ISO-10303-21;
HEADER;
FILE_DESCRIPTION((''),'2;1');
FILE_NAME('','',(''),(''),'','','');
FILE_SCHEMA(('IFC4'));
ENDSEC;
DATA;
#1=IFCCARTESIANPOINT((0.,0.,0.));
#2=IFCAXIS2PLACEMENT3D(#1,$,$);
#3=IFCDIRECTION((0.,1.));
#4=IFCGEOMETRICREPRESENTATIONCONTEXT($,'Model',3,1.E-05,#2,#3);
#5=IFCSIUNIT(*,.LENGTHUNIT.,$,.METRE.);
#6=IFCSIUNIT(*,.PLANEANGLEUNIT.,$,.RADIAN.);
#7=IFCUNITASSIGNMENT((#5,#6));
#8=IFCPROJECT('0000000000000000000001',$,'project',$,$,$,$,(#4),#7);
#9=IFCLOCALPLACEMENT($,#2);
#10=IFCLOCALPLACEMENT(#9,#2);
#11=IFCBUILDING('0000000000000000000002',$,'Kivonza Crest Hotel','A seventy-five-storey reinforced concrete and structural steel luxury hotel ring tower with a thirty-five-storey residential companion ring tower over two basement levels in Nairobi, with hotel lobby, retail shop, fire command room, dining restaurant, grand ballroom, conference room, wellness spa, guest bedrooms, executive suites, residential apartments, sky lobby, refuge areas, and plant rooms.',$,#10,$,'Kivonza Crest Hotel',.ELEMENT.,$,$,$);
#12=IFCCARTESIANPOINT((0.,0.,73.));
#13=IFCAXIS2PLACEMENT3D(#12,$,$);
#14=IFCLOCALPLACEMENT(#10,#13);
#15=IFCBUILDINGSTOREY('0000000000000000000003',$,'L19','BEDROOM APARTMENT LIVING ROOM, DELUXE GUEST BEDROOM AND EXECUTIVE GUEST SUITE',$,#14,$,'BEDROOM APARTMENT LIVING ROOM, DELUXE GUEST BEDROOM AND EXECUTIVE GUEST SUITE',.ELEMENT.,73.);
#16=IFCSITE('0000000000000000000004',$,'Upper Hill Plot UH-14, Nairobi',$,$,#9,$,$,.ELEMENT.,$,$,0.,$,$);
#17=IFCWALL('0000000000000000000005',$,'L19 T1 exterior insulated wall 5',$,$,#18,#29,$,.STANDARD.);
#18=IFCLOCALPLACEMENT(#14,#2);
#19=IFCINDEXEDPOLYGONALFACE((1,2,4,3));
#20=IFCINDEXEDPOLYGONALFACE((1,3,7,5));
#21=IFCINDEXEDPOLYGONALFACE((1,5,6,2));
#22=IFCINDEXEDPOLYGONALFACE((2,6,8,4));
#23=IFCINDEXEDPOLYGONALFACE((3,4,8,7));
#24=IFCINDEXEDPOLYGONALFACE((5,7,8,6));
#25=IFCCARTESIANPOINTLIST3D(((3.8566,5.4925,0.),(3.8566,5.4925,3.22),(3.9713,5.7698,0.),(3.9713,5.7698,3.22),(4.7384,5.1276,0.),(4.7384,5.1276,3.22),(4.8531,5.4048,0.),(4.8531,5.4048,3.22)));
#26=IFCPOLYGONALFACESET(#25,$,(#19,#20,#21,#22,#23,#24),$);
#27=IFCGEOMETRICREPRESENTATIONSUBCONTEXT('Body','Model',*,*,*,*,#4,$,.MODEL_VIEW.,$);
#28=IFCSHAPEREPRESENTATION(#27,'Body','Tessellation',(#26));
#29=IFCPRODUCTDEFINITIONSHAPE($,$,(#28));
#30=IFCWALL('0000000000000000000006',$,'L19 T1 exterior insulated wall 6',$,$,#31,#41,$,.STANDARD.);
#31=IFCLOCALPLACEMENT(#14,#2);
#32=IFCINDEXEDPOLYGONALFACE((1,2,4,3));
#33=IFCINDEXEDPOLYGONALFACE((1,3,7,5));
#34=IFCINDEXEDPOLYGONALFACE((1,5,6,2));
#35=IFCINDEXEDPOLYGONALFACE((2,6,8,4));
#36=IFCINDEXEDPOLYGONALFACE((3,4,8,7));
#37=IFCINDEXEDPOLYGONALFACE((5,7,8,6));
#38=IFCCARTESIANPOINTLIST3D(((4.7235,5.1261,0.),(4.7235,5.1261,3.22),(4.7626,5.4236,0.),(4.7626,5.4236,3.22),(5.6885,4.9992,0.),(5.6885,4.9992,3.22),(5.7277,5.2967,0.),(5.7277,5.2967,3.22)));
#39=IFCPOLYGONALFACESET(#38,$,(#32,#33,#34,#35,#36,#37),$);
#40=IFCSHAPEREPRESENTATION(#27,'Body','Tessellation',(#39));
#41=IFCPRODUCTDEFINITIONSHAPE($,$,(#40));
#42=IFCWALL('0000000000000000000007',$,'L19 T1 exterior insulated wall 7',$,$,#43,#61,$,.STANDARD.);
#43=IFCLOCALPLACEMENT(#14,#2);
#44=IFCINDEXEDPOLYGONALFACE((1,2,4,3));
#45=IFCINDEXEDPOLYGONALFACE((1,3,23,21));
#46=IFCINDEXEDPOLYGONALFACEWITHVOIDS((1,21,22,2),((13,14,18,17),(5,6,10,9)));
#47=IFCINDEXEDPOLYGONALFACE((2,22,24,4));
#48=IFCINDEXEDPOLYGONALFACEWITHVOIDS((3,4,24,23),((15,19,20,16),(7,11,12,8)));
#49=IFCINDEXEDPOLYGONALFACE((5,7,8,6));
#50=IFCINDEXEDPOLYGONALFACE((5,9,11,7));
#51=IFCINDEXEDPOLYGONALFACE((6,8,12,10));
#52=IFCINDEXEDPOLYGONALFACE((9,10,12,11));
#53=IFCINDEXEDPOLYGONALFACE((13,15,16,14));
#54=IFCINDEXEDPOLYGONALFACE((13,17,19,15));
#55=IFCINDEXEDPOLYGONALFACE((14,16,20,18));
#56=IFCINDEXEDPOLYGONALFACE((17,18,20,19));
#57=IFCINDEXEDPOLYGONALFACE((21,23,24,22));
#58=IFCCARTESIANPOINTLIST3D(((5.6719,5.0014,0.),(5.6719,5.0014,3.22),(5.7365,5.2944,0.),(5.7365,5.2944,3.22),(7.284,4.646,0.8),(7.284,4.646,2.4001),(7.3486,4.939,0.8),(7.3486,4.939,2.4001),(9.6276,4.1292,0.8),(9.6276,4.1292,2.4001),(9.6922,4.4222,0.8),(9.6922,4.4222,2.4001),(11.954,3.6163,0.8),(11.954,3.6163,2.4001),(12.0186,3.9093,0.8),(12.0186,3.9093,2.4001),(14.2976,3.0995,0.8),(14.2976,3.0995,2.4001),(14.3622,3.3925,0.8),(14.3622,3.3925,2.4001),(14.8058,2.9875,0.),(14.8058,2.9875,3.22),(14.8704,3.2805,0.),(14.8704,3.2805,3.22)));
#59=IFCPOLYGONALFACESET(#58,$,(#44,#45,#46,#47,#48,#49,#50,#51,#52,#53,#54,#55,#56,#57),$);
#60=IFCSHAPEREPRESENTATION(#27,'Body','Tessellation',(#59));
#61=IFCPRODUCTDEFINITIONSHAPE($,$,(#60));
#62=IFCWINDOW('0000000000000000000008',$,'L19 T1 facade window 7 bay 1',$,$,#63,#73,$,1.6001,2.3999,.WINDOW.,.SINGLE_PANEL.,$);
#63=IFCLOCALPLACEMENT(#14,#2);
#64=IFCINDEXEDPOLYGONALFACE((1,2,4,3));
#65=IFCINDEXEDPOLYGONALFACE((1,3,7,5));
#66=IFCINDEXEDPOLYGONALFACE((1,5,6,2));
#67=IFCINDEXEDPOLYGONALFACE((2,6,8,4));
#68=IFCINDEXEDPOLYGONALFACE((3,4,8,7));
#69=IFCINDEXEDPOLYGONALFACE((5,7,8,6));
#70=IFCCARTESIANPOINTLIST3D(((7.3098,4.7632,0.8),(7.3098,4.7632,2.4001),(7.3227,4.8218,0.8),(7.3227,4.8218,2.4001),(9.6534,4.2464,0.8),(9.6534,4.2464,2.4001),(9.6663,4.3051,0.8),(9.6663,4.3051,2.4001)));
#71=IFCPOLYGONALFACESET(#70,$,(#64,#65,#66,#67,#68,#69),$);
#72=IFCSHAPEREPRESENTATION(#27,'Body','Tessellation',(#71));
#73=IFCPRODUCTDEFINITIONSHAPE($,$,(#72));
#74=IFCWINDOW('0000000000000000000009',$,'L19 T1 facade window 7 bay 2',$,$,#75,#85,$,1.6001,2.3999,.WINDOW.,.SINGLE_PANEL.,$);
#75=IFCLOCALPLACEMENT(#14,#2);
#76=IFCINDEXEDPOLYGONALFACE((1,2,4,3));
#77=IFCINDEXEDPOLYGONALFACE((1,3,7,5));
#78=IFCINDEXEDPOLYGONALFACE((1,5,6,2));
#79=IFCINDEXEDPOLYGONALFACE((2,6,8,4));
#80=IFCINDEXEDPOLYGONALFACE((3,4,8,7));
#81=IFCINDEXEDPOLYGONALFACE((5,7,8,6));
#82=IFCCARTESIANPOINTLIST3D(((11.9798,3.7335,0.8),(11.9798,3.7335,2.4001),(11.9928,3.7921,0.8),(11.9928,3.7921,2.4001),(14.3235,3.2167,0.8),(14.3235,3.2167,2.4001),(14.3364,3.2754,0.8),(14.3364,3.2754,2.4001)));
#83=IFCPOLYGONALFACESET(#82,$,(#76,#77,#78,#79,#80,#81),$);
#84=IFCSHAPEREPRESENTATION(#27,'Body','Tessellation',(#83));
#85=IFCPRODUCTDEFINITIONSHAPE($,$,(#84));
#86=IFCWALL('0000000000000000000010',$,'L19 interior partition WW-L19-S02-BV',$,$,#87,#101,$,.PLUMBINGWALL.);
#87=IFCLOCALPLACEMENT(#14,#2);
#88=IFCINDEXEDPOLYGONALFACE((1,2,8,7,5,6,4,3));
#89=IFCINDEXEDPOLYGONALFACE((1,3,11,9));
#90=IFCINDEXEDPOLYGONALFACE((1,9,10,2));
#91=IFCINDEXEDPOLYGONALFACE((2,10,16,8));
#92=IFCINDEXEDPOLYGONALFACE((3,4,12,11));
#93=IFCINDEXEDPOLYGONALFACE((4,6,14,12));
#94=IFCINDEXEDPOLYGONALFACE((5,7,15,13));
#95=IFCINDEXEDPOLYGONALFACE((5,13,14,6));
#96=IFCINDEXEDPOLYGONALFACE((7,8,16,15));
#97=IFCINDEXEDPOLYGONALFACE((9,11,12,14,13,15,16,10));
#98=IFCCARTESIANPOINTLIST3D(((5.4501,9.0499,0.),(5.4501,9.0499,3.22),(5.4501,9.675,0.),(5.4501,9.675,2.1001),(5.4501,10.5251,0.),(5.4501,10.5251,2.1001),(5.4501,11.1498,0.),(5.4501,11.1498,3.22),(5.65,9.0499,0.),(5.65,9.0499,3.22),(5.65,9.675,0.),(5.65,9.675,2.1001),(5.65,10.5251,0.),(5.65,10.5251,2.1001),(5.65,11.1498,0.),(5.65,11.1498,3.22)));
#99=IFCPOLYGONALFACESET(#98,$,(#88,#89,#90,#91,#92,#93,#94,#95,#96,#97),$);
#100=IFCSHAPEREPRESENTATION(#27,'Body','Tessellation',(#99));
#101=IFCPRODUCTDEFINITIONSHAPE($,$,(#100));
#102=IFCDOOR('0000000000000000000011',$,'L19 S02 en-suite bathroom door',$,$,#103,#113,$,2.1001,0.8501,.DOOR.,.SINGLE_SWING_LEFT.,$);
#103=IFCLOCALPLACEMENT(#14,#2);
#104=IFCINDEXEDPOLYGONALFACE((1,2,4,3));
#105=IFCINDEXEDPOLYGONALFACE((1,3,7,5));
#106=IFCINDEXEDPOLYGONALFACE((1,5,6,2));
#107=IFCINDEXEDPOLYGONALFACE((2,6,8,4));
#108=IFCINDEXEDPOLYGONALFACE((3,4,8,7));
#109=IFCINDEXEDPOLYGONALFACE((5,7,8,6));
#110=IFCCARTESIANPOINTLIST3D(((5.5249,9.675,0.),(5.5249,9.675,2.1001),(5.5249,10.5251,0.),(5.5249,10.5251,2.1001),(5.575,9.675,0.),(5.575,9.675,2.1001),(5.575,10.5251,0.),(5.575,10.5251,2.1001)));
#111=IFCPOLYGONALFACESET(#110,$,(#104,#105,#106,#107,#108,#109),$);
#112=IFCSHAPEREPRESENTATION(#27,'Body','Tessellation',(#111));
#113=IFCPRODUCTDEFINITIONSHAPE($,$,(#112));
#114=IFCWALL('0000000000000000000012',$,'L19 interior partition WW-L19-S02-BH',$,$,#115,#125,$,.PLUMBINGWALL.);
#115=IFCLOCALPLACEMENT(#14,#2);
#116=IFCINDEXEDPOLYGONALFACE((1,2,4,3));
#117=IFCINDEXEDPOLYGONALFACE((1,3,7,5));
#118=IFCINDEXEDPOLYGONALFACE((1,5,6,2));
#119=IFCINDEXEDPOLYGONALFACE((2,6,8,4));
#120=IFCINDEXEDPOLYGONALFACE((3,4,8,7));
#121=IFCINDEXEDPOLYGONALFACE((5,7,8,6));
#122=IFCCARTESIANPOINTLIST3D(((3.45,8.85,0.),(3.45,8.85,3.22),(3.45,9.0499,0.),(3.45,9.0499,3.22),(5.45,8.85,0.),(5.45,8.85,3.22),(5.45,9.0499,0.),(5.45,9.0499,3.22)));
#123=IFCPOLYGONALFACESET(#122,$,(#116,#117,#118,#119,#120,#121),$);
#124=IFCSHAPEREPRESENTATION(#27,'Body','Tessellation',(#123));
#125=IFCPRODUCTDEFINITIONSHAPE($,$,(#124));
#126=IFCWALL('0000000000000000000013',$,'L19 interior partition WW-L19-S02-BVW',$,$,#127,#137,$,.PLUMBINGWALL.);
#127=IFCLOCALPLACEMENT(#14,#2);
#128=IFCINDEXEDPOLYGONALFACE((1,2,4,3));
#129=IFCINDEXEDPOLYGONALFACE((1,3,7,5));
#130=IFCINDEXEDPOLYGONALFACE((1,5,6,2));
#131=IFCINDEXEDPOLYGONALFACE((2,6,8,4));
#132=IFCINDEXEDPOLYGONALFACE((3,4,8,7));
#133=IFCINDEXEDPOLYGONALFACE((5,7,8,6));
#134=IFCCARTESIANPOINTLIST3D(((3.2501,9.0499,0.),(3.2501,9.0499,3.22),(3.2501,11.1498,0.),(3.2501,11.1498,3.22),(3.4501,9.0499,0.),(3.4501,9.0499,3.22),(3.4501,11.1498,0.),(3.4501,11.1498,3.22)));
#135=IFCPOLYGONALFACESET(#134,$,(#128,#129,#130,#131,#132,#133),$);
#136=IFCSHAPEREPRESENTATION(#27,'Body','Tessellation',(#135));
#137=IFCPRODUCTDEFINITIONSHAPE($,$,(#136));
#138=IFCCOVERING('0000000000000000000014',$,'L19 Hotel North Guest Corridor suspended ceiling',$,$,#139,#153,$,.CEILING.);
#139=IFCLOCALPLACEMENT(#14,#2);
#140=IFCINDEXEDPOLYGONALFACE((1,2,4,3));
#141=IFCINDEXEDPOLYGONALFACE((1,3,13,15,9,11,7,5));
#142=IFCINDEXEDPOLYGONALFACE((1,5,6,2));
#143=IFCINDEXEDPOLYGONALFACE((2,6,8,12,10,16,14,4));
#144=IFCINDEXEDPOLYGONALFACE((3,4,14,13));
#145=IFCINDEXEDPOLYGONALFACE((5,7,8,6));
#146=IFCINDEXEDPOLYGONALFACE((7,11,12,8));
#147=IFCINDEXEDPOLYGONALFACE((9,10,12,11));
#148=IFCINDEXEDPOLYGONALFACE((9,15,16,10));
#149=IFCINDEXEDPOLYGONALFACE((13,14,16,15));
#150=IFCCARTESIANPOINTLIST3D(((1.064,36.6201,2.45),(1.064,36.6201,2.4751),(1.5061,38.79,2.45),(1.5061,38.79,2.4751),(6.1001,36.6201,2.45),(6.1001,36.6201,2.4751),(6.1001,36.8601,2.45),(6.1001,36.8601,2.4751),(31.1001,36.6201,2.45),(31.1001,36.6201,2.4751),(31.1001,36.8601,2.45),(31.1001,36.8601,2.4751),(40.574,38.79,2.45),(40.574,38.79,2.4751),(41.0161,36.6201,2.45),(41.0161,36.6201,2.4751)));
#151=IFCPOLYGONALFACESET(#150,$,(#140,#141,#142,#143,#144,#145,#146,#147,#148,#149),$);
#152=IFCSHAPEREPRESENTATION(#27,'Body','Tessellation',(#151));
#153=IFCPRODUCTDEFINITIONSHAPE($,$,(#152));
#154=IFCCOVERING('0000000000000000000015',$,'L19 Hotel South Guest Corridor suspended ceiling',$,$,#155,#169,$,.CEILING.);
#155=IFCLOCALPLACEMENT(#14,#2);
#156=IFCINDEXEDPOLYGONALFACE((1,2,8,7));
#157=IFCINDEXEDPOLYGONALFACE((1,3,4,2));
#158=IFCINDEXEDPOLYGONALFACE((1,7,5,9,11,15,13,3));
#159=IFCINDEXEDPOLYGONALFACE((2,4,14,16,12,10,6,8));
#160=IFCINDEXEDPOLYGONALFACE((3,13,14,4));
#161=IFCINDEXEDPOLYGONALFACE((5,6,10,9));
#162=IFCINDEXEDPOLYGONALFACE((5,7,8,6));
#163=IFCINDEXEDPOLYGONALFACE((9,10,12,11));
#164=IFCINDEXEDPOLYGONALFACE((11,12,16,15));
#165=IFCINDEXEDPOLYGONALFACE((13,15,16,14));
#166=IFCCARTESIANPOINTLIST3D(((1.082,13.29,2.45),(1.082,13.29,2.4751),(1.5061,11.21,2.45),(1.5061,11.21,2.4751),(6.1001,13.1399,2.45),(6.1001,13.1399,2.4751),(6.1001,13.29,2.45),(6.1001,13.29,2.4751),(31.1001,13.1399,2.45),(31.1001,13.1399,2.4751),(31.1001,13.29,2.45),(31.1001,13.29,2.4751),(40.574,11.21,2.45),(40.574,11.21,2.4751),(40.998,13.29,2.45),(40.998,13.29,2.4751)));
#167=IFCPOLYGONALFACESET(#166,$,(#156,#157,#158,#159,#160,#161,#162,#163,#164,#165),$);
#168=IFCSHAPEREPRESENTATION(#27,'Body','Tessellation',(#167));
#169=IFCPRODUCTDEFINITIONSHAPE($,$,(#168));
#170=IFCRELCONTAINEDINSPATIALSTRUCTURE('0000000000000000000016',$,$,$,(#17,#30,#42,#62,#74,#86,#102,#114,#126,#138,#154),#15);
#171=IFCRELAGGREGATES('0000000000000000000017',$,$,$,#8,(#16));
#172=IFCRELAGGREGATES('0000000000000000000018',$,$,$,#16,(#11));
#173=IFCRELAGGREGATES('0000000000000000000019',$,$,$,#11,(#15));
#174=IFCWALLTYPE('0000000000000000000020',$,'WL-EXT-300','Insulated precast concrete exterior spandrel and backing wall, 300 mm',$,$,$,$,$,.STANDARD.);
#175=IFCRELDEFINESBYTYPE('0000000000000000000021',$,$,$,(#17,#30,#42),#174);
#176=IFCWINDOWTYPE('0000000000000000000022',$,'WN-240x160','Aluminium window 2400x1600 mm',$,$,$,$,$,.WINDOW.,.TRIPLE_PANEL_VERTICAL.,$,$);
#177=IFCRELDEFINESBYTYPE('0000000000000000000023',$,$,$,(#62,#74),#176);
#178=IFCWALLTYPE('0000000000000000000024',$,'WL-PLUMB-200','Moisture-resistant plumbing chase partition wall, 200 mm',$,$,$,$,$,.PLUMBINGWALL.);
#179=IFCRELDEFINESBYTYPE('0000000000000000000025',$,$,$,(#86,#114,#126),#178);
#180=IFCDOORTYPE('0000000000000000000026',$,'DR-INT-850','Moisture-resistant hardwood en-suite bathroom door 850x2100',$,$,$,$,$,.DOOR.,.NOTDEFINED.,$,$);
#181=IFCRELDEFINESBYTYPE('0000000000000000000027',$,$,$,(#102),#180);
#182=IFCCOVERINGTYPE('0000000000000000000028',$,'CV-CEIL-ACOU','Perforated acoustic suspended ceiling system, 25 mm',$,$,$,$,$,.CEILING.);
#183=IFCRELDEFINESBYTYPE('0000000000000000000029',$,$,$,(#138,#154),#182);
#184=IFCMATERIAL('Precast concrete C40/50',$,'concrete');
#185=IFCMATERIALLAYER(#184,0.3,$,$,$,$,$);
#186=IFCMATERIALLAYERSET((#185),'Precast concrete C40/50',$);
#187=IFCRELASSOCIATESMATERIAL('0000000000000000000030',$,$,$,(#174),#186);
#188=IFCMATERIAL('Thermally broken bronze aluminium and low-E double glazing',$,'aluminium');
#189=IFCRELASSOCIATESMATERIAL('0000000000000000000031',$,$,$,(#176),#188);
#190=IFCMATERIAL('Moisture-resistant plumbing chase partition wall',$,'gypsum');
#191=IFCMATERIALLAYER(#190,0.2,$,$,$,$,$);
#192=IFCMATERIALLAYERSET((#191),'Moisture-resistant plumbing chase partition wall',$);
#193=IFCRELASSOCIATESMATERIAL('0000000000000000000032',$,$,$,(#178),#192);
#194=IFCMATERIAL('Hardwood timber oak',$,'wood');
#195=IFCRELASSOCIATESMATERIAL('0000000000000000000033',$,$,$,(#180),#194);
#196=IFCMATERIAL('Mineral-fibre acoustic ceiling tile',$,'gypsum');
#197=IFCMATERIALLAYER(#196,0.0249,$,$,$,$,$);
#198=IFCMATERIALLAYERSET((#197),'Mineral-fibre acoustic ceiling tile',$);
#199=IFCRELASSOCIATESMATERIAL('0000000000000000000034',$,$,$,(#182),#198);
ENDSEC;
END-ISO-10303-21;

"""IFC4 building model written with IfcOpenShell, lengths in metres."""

from ifc_helpers import new_model, si_unit, direction, frame, frame_2d, origin, place, context, subcontext, project, spatial, polyline, rectangle, outline, extrude, material, layer, layer_set, type_object, element, fill, save


model = new_model("IFC4")

# Units and contexts
model_context = context("Model", 3, precision=1e-05, world=origin(), true_north=direction((0.0, 1.0)))
body_context = subcontext(model_context, "Body", "Model", "MODEL_VIEW")
ifc_project = project(units=[si_unit("LENGTHUNIT", "METRE"), si_unit("PLANEANGLEUNIT", "RADIAN")], contexts=[model_context])

# Site, building, storey
site_placement = place(None, origin())
site = spatial("IfcSite", under=ifc_project, at=site_placement, Name="Upper Hill Plot UH-14, Nairobi", CompositionType="ELEMENT", RefElevation=0.0)
building_placement = place(site_placement, origin())
building = spatial("IfcBuilding", under=site, at=building_placement, Name="Kivonza Crest Hotel", Description="A seventy-five-storey reinforced concrete and structural steel luxury hotel ring tower with a thirty-five-storey residential companion ring tower over two basement levels in Nairobi, with hotel lobby, retail shop, fire command room, dining restaurant, grand ballroom, conference room, wellness spa, guest bedrooms, executive suites, residential apartments, sky lobby, refuge areas, and plant rooms.", LongName="Kivonza Crest Hotel", CompositionType="ELEMENT")
storey_placement = place(building_placement, frame((0.0, 0.0, 73.0)))
storey = spatial("IfcBuildingStorey", under=building, at=storey_placement, Name="L19", Description="BEDROOM APARTMENT LIVING ROOM, DELUXE GUEST BEDROOM AND EXECUTIVE GUEST SUITE", LongName="BEDROOM APARTMENT LIVING ROOM, DELUXE GUEST BEDROOM AND EXECUTIVE GUEST SUITE", CompositionType="ELEMENT", Elevation=73.0)

# Walls
ifc_material_1 = material(Name="Precast concrete C40/50", Category="concrete")
ifc_layer_1 = layer(ifc_material_1, 0.3)
ifc_layer_set_1 = layer_set([ifc_layer_1], Name="Precast concrete C40/50")
wall_type_1 = type_object("IfcWallType", Name="WL-EXT-300", Description="Insulated precast concrete exterior spandrel and backing wall, 300 mm", PredefinedType="STANDARD", material=ifc_layer_set_1)
wall_1_placement = place(storey_placement, frame((3.9141, 5.6311, 0.0), z_axis=(0.0, 0.0, 1.0), x_axis=(0.923983, -0.382435, 0.0)))
element("IfcWall", 1, at=wall_1_placement, inside=storey, type_object=wall_type_1, Name="L19 T1 exterior insulated wall 5", PredefinedType="STANDARD", context=body_context, shape_type="SweptSolid", body=[
    extrude(rectangle(XDim=0.9543, YDim=0.3, at=frame_2d((0.4771, 0.0))), origin(), (0.0, 0.0, 1.0), 3.22),
])
wall_2_placement = place(storey_placement, frame((4.7429, 5.2749, 0.0), z_axis=(0.0, 0.0, 1.0), x_axis=(0.991459, -0.130422, 0.0)))
element("IfcWall", 2, at=wall_2_placement, inside=storey, type_object=wall_type_1, Name="L19 T1 exterior insulated wall 6", PredefinedType="STANDARD", context=body_context, shape_type="SweptSolid", body=[
    extrude(rectangle(XDim=0.9734, YDim=0.3, at=frame_2d((0.4868, 0.0))), origin(), (0.0, 0.0, 1.0), 3.22),
])

# Wall, openings, windows
wall_3_placement = place(storey_placement, frame((5.7041, 5.1479, 0.0), z_axis=(0.0, 0.0, 1.0), x_axis=(0.976544, -0.215319, 0.0)))
wall_3 = element("IfcWall", 3, at=wall_3_placement, inside=storey, type_object=wall_type_1, Name="L19 T1 exterior insulated wall 7", PredefinedType="STANDARD", context=body_context, shape_type="SweptSolid", body=[
    extrude(rectangle(XDim=9.3533, YDim=0.3, at=frame_2d((4.6768, 0.0))), origin(), (0.0, 0.0, 1.0), 3.22),
])
opening_1_placement = place(wall_3_placement, frame((1.6509, 0.0, 0.8)))
opening_1 = element("IfcOpeningElement", 4, at=opening_1_placement, cuts=wall_3, PredefinedType="OPENING", context=body_context, shape_type="SweptSolid", body=[
    extrude(rectangle(XDim=2.3999, YDim=1.6001, at=frame_2d((1.2, 0.8))), frame((0.0, 0.1602, 0.0), z_axis=(0.0, -1.0, 0.0), x_axis=(1.0, 0.0, 0.0)), (0.0, 0.0, 1.0), 0.3201),
])
opening_2_placement = place(wall_3_placement, frame((6.4331, 0.0, 0.8)))
opening_2 = element("IfcOpeningElement", 5, at=opening_2_placement, cuts=wall_3, PredefinedType="OPENING", context=body_context, shape_type="SweptSolid", body=[
    extrude(rectangle(XDim=2.3999, YDim=1.6001, at=frame_2d((1.2, 0.8))), frame((0.0, 0.1602, 0.0), z_axis=(0.0, -1.0, 0.0), x_axis=(1.0, 0.0, 0.0)), (0.0, 0.0, 1.0), 0.3201),
])
ifc_material_2 = material(Name="Thermally broken bronze aluminium and low-E double glazing", Category="aluminium")
window_type = type_object("IfcWindowType", Name="WN-240x160", Description="Aluminium window 2400x1600 mm", PartitioningType="TRIPLE_PANEL_VERTICAL", PredefinedType="WINDOW", material=ifc_material_2)
window_1_placement = place(opening_1_placement, origin())
window_1 = element("IfcWindow", 6, at=window_1_placement, inside=storey, type_object=window_type, Name="L19 T1 facade window 7 bay 1", OverallHeight=1.6001, OverallWidth=2.3999, PartitioningType="SINGLE_PANEL", PredefinedType="WINDOW", context=body_context, shape_type="SweptSolid", body=[
    extrude(rectangle(XDim=2.3999, YDim=1.6001, at=frame_2d((1.2, 0.8))), frame((0.0, 0.03, 0.0), z_axis=(0.0, -1.0, 0.0), x_axis=(1.0, 0.0, 0.0)), (0.0, 0.0, 1.0), 0.0601),
])
fill(opening_1, window_1)
window_2_placement = place(opening_2_placement, origin())
window_2 = element("IfcWindow", 7, at=window_2_placement, inside=storey, type_object=window_type, Name="L19 T1 facade window 7 bay 2", OverallHeight=1.6001, OverallWidth=2.3999, PartitioningType="SINGLE_PANEL", PredefinedType="WINDOW", context=body_context, shape_type="SweptSolid", body=[
    extrude(rectangle(XDim=2.3999, YDim=1.6001, at=frame_2d((1.2, 0.8))), frame((0.0, 0.03, 0.0), z_axis=(0.0, -1.0, 0.0), x_axis=(1.0, 0.0, 0.0)), (0.0, 0.0, 1.0), 0.0601),
])
fill(opening_2, window_2)

# Wall, opening, door
ifc_material_3 = material(Name="Moisture-resistant plumbing chase partition wall", Category="gypsum")
ifc_layer_2 = layer(ifc_material_3, 0.2)
ifc_layer_set_2 = layer_set([ifc_layer_2], Name="Moisture-resistant plumbing chase partition wall")
wall_type_2 = type_object("IfcWallType", Name="WL-PLUMB-200", Description="Moisture-resistant plumbing chase partition wall, 200 mm", PredefinedType="PLUMBINGWALL", material=ifc_layer_set_2)
wall_4_placement = place(storey_placement, frame((5.55, 9.05, 0.0), z_axis=(0.0, 0.0, 1.0), x_axis=(0.0, 1.0, 0.0)))
wall_4 = element("IfcWall", 8, at=wall_4_placement, inside=storey, type_object=wall_type_2, Name="L19 interior partition WW-L19-S02-BV", PredefinedType="PLUMBINGWALL", context=body_context, shape_type="SweptSolid", body=[
    extrude(rectangle(XDim=2.0999, YDim=0.2, at=frame_2d((1.0498, 0.0))), origin(), (0.0, 0.0, 1.0), 3.22),
])
opening_3_placement = place(wall_4_placement, frame((0.625, 0.0, 0.0)))
opening_3 = element("IfcOpeningElement", 9, at=opening_3_placement, cuts=wall_4, PredefinedType="OPENING", context=body_context, shape_type="SweptSolid", body=[
    extrude(rectangle(XDim=0.8501, YDim=2.1001, at=frame_2d((0.425, 1.05))), frame((0.0, 0.1099, 0.0), z_axis=(0.0, -1.0, 0.0), x_axis=(1.0, 0.0, 0.0)), (0.0, 0.0, 1.0), 0.22),
])
ifc_material_4 = material(Name="Hardwood timber oak", Category="wood")
door_type = type_object("IfcDoorType", Name="DR-INT-850", Description="Moisture-resistant hardwood en-suite bathroom door 850x2100", OperationType="NOTDEFINED", PredefinedType="DOOR", material=ifc_material_4)
door_placement = place(opening_3_placement, frame((0.8501, 0.0, 0.0), z_axis=(0.0, 0.0, 1.0), x_axis=(-1.0, 0.0, 0.0)))
door = element("IfcDoor", 10, at=door_placement, inside=storey, type_object=door_type, Name="L19 S02 en-suite bathroom door", OperationType="SINGLE_SWING_LEFT", OverallHeight=2.1001, OverallWidth=0.8501, PredefinedType="DOOR", context=body_context, shape_type="SweptSolid", body=[
    extrude(rectangle(XDim=0.8501, YDim=2.1001, at=frame_2d((0.425, 1.05))), frame((0.0, 0.0249, 0.0), z_axis=(0.0, -1.0, 0.0), x_axis=(1.0, 0.0, 0.0)), (0.0, 0.0, 1.0), 0.05),
])
fill(opening_3, door)

# Walls
wall_5_placement = place(storey_placement, frame((3.45, 8.95, 0.0), z_axis=(0.0, 0.0, 1.0), x_axis=(1.0, 0.0, 0.0)))
element("IfcWall", 11, at=wall_5_placement, inside=storey, type_object=wall_type_2, Name="L19 interior partition WW-L19-S02-BH", PredefinedType="PLUMBINGWALL", context=body_context, shape_type="SweptSolid", body=[
    extrude(rectangle(XDim=2.0, YDim=0.2, at=frame_2d((1.0, 0.0))), origin(), (0.0, 0.0, 1.0), 3.22),
])
wall_6_placement = place(storey_placement, frame((3.3501, 9.05, 0.0), z_axis=(0.0, 0.0, 1.0), x_axis=(0.0, 1.0, 0.0)))
element("IfcWall", 12, at=wall_6_placement, inside=storey, type_object=wall_type_2, Name="L19 interior partition WW-L19-S02-BVW", PredefinedType="PLUMBINGWALL", context=body_context, shape_type="SweptSolid", body=[
    extrude(rectangle(XDim=2.0999, YDim=0.2, at=frame_2d((1.0498, 0.0))), origin(), (0.0, 0.0, 1.0), 3.22),
])

# Coverings
ifc_material_5 = material(Name="Mineral-fibre acoustic ceiling tile", Category="gypsum")
ifc_layer_3 = layer(ifc_material_5, 0.0249)
ifc_layer_set_3 = layer_set([ifc_layer_3], Name="Mineral-fibre acoustic ceiling tile")
covering_type = type_object("IfcCoveringType", Name="CV-CEIL-ACOU", Description="Perforated acoustic suspended ceiling system, 25 mm", PredefinedType="CEILING", material=ifc_layer_set_3)
covering_1_placement = place(storey_placement, frame((0.0, 0.0, 2.45)))
element("IfcCovering", 13, at=covering_1_placement, inside=storey, type_object=covering_type, Name="L19 Hotel North Guest Corridor suspended ceiling", PredefinedType="CEILING", context=body_context, shape_type="SweptSolid", body=[
    extrude(outline(polyline([(1.5061, 38.79), (1.064, 36.6201), (6.1001, 36.6201), (6.1001, 36.8601), (31.1001, 36.8601), (31.1001, 36.6201), (41.0161, 36.6201), (40.574, 38.79), (1.5061, 38.79)])), origin(), (0.0, 0.0, 1.0), 0.0251),
])
covering_2_placement = place(storey_placement, frame((0.0, 0.0, 2.45)))
element("IfcCovering", 14, at=covering_2_placement, inside=storey, type_object=covering_type, Name="L19 Hotel South Guest Corridor suspended ceiling", PredefinedType="CEILING", context=body_context, shape_type="SweptSolid", body=[
    extrude(outline(polyline([(40.574, 11.21), (40.998, 13.29), (31.1001, 13.29), (31.1001, 13.1399), (6.1001, 13.1399), (6.1001, 13.29), (1.082, 13.29), (1.5061, 11.21), (40.574, 11.21)])), origin(), (0.0, 0.0, 1.0), 0.0251),
])

save(model, "model.ifc")
